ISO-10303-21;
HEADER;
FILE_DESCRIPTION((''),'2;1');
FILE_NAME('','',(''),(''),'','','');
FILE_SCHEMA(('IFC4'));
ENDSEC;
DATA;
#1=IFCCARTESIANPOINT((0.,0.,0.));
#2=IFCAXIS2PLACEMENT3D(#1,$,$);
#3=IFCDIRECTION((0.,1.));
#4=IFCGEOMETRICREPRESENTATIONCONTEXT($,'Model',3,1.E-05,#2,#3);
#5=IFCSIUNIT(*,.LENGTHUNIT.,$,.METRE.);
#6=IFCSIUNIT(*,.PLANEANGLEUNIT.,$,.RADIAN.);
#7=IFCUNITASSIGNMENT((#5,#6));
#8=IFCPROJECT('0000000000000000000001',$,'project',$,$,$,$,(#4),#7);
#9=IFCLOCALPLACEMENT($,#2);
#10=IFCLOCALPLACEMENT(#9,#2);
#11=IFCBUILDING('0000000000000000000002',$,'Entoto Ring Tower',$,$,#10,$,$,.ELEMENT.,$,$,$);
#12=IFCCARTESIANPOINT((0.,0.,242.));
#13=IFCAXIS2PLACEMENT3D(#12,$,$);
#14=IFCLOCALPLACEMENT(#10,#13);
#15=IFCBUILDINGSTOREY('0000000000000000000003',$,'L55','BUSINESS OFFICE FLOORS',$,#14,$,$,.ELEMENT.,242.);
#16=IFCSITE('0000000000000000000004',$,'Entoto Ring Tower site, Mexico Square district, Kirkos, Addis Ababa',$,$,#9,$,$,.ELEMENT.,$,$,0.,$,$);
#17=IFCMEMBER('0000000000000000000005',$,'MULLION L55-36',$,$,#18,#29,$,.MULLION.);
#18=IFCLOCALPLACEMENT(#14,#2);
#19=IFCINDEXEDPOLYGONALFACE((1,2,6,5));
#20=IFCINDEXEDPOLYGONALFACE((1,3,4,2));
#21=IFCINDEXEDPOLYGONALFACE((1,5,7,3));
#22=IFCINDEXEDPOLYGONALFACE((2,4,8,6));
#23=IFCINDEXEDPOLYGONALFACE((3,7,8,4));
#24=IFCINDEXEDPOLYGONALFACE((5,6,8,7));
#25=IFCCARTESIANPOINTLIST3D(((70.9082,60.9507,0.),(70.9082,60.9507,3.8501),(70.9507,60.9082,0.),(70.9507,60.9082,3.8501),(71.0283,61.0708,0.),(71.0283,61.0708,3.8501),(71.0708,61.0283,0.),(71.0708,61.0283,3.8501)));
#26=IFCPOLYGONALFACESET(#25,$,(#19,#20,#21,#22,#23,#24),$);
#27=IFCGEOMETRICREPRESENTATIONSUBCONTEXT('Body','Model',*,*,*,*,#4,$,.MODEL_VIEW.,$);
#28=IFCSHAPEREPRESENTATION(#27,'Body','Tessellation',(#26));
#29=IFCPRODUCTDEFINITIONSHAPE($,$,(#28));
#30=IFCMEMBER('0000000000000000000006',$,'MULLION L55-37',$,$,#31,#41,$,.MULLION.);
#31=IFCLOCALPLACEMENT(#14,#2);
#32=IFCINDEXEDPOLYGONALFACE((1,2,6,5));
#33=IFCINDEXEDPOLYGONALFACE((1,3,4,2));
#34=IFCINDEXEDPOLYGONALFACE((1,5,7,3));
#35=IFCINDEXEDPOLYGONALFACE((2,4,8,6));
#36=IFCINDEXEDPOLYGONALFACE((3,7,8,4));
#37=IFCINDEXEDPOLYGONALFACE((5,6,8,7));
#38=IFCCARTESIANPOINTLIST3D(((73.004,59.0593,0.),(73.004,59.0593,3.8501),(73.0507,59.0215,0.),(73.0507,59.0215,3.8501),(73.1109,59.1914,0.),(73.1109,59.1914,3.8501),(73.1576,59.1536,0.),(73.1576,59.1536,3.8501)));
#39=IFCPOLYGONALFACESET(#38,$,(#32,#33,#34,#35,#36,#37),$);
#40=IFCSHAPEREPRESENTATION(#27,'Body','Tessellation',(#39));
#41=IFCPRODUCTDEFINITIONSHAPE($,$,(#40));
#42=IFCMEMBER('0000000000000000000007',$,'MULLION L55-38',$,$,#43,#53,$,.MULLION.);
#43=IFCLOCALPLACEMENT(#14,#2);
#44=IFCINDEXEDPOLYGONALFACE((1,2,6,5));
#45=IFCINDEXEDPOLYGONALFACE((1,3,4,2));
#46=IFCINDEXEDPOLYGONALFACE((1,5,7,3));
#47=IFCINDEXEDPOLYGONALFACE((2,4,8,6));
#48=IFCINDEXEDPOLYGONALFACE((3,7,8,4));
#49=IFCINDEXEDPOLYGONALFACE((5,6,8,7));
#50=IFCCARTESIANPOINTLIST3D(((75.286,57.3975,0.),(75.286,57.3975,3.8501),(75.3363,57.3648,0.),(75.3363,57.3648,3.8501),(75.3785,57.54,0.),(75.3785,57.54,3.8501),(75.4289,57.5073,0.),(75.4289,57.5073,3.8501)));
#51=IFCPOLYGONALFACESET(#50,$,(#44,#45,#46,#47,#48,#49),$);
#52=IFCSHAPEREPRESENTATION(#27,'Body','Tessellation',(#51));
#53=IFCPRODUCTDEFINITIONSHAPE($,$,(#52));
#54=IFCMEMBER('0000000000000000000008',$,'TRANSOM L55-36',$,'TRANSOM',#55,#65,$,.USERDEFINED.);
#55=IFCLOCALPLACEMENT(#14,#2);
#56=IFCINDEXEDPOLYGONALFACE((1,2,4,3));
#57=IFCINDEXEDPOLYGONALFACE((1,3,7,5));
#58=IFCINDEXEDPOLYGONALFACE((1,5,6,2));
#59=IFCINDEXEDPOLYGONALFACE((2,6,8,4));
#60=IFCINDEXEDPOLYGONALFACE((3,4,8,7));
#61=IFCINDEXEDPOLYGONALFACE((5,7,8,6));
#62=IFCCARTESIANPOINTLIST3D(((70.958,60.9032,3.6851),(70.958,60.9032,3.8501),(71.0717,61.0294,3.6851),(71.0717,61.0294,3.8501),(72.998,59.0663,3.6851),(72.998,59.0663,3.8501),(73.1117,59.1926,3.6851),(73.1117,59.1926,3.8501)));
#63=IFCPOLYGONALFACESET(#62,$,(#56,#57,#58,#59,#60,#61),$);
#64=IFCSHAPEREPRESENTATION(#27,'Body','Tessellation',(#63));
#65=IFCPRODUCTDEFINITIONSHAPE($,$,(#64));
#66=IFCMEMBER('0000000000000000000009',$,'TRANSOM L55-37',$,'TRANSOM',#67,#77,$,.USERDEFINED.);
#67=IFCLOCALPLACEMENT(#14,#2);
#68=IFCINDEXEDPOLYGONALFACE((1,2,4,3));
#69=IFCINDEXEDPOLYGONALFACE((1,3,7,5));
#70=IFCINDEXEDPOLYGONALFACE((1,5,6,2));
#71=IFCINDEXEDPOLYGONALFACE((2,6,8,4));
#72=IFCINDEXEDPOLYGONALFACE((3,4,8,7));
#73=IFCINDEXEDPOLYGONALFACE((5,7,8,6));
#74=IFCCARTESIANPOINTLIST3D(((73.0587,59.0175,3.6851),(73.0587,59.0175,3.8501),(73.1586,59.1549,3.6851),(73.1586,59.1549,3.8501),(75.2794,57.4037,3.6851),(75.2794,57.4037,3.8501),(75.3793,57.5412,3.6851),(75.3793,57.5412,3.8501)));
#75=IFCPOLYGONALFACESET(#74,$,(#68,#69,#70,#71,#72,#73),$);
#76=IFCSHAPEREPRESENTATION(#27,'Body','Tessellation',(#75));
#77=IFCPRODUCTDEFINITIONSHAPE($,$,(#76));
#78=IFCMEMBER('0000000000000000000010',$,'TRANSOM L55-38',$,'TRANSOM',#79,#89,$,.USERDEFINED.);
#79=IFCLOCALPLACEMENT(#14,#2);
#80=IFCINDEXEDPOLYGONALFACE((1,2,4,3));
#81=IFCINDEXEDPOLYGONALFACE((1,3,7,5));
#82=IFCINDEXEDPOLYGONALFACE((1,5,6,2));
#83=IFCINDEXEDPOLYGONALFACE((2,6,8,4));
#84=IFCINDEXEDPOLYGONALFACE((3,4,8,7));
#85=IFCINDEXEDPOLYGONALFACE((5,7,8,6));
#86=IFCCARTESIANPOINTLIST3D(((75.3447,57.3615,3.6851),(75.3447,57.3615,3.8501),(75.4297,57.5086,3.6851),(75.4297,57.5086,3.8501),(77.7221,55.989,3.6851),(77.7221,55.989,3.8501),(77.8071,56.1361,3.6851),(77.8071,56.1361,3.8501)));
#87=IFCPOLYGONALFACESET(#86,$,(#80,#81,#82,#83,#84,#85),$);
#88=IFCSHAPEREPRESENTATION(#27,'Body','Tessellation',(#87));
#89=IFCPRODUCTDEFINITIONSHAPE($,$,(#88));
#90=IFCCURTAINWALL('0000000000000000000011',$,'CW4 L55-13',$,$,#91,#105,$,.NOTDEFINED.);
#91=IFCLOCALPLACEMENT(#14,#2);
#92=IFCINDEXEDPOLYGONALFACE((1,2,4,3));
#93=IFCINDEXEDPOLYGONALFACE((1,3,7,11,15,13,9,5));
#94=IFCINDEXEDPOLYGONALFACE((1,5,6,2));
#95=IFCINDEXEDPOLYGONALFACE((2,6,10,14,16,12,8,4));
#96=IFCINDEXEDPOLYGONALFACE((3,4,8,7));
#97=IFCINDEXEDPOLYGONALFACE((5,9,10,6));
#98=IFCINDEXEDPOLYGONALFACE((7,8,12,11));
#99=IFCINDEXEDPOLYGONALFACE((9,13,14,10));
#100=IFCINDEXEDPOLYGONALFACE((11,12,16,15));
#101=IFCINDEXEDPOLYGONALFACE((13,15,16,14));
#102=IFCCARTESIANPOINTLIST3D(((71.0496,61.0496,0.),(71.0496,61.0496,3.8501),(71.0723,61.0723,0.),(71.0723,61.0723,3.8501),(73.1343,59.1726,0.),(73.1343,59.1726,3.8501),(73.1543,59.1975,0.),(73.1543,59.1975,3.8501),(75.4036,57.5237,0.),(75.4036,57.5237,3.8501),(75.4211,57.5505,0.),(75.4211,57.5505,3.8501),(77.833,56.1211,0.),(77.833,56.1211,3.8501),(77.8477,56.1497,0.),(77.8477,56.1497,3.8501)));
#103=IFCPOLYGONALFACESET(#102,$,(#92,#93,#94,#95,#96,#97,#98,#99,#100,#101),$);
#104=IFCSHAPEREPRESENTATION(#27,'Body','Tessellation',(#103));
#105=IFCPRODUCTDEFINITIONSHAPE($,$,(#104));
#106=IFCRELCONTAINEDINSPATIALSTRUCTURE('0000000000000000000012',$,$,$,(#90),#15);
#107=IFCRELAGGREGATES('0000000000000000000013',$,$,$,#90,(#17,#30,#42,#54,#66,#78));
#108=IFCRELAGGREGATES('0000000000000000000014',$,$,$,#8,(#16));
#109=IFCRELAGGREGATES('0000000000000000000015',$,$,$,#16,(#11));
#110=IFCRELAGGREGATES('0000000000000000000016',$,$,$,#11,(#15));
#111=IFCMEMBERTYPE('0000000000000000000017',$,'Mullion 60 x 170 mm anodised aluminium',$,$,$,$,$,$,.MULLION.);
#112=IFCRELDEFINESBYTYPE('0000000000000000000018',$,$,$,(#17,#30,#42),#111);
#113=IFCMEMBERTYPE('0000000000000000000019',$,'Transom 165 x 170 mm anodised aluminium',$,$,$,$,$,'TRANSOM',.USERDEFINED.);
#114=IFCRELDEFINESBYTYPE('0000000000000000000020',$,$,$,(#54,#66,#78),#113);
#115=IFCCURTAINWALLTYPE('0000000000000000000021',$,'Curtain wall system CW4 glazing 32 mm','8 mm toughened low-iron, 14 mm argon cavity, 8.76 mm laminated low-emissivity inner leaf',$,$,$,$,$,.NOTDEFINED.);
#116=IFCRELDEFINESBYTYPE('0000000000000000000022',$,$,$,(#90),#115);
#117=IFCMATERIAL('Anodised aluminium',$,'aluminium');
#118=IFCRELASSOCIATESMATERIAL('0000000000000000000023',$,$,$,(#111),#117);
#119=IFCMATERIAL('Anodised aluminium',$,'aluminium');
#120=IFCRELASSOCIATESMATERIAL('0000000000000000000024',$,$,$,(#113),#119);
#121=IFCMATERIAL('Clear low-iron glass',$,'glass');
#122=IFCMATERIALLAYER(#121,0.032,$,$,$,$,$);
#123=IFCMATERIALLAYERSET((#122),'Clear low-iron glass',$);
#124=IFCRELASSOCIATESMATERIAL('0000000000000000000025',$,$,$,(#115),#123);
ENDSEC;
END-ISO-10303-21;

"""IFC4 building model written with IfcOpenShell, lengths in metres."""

from ifc_helpers import new_model, si_unit, direction, frame, origin, origin_2d, place, context, subcontext, project, spatial, polyline, rectangle, outline, extrude, material, layer, layer_set, material_profile, profile_set, type_object, element, aggregate, save


model = new_model("IFC4")

# Units and contexts
model_context = context("Model", 3, precision=1e-05, world=origin(), true_north=direction((0.0, 1.0)))
body_context = subcontext(model_context, "Body", "Model", "MODEL_VIEW")
ifc_project = project(units=[si_unit("LENGTHUNIT", "METRE"), si_unit("PLANEANGLEUNIT", "RADIAN")], contexts=[model_context])

# Members
ifc_material_1 = material(Name="Anodised aluminium", Category="aluminium")
ifc_material_profile_1 = material_profile(ifc_material_1, rectangle(XDim=0.0601, YDim=0.1699, at=origin_2d()), Name="Mullion 60 x 170 mm anodised aluminium")
ifc_profile_set_1 = profile_set([ifc_material_profile_1], Name="Anodised aluminium")
member_type_1 = type_object("IfcMemberType", Name="Mullion 60 x 170 mm anodised aluminium", PredefinedType="MULLION", material=ifc_profile_set_1)
site_placement = place(None, origin())
building_placement = place(site_placement, origin())
storey_placement = place(building_placement, frame((0.0, 0.0, 242.0)))
member_1_placement = place(storey_placement, frame((70.9895, 60.9895, 0.0), z_axis=(0.0, 0.0, 1.0), x_axis=(0.707107, -0.707107, 0.0)))
member_1 = element("IfcMember", 1, at=member_1_placement, type_object=member_type_1, Name="MULLION L55-36", PredefinedType="MULLION", context=body_context, shape_type="SweptSolid", body=[
    extrude(rectangle(XDim=0.0601, YDim=0.1699, at=origin_2d()), origin(), (0.0, 0.0, 1.0), 3.8501),
])
member_2_placement = place(storey_placement, frame((73.0808, 59.1064, 0.0), z_axis=(0.0, 0.0, 1.0), x_axis=(0.777146, -0.62932, 0.0)))
member_2 = element("IfcMember", 2, at=member_2_placement, type_object=member_type_1, Name="MULLION L55-37", PredefinedType="MULLION", context=body_context, shape_type="SweptSolid", body=[
    extrude(rectangle(XDim=0.0601, YDim=0.1699, at=origin_2d()), origin(), (0.0, 0.0, 1.0), 3.8501),
])
member_3_placement = place(storey_placement, frame((75.3574, 57.4524, 0.0), z_axis=(0.0, 0.0, 1.0), x_axis=(0.838671, -0.544639, 0.0)))
member_3 = element("IfcMember", 3, at=member_3_placement, type_object=member_type_1, Name="MULLION L55-38", PredefinedType="MULLION", context=body_context, shape_type="SweptSolid", body=[
    extrude(rectangle(XDim=0.0601, YDim=0.1699, at=origin_2d()), origin(), (0.0, 0.0, 1.0), 3.8501),
])
ifc_material_2 = material(Name="Anodised aluminium", Category="aluminium")
ifc_material_profile_2 = material_profile(ifc_material_2, rectangle(XDim=0.1699, YDim=0.165, at=origin_2d()), Name="Transom 165 x 170 mm anodised aluminium")
ifc_profile_set_2 = profile_set([ifc_material_profile_2], Name="Anodised aluminium")
member_type_2 = type_object("IfcMemberType", Name="Transom 165 x 170 mm anodised aluminium", ElementType="TRANSOM", PredefinedType="USERDEFINED", material=ifc_profile_set_2)
member_4_placement = place(storey_placement, frame((71.0149, 60.9663, 3.7676), z_axis=(0.743135, -0.669142, 0.0), x_axis=(0.669142, 0.743135, 0.0)))
member_4 = element("IfcMember", 4, at=member_4_placement, type_object=member_type_2, Name="TRANSOM L55-36", ObjectType="TRANSOM", PredefinedType="USERDEFINED", context=body_context, shape_type="SweptSolid", body=[
    extrude(rectangle(XDim=0.1699, YDim=0.165, at=origin_2d()), origin(), (0.0, 0.0, 1.0), 2.7451),
])
member_5_placement = place(storey_placement, frame((73.1086, 59.0862, 3.7676), z_axis=(0.808959, -0.587865, 0.0), x_axis=(0.587865, 0.808959, 0.0)))
member_5 = element("IfcMember", 5, at=member_5_placement, type_object=member_type_2, Name="TRANSOM L55-37", ObjectType="TRANSOM", PredefinedType="USERDEFINED", context=body_context, shape_type="SweptSolid", body=[
    extrude(rectangle(XDim=0.1699, YDim=0.165, at=origin_2d()), origin(), (0.0, 0.0, 1.0), 2.7451),
])
member_6_placement = place(storey_placement, frame((75.3872, 57.4351, 3.7676), z_axis=(0.866035, -0.499984, 0.0), x_axis=(0.499984, 0.866035, 0.0)))
member_6 = element("IfcMember", 6, at=member_6_placement, type_object=member_type_2, Name="TRANSOM L55-38", ObjectType="TRANSOM", PredefinedType="USERDEFINED", context=body_context, shape_type="SweptSolid", body=[
    extrude(rectangle(XDim=0.1699, YDim=0.165, at=origin_2d()), origin(), (0.0, 0.0, 1.0), 2.7451),
])

# Site, building, storey
site = spatial("IfcSite", under=ifc_project, at=site_placement, Name="Entoto Ring Tower site, Mexico Square district, Kirkos, Addis Ababa", CompositionType="ELEMENT", RefElevation=0.0)
building = spatial("IfcBuilding", under=site, at=building_placement, Name="Entoto Ring Tower", CompositionType="ELEMENT")
storey = spatial("IfcBuildingStorey", under=building, at=storey_placement, Name="L55", Description="BUSINESS OFFICE FLOORS", CompositionType="ELEMENT", Elevation=242.0)

# Curtain wall
ifc_material_3 = material(Name="Clear low-iron glass", Category="glass")
ifc_layer = layer(ifc_material_3, 0.032)
ifc_layer_set = layer_set([ifc_layer], Name="Clear low-iron glass")
curtain_wall_type = type_object("IfcCurtainWallType", Name="Curtain wall system CW4 glazing 32 mm", Description="8 mm toughened low-iron, 14 mm argon cavity, 8.76 mm laminated low-emissivity inner leaf", PredefinedType="NOTDEFINED", material=ifc_layer_set)
curtain_wall_1_placement = place(storey_placement, origin())
curtain_wall_1 = element("IfcCurtainWall", 7, at=curtain_wall_1_placement, inside=storey, type_object=curtain_wall_type, Name="CW4 L55-13", PredefinedType="NOTDEFINED", context=body_context, shape_type="SweptSolid", body=[
    extrude(outline(polyline([(71.0496, 61.0496), (73.1343, 59.1726), (75.4036, 57.5237), (77.833, 56.1211), (77.8477, 56.1497), (75.4211, 57.5505), (73.1543, 59.1975), (71.0723, 61.0723), (71.0496, 61.0496)])), origin(), (0.0, 0.0, 1.0), 3.8501),
])
aggregate(curtain_wall_1, [member_1, member_2, member_3, member_4, member_5, member_6])

save(model, "model.ifc")
